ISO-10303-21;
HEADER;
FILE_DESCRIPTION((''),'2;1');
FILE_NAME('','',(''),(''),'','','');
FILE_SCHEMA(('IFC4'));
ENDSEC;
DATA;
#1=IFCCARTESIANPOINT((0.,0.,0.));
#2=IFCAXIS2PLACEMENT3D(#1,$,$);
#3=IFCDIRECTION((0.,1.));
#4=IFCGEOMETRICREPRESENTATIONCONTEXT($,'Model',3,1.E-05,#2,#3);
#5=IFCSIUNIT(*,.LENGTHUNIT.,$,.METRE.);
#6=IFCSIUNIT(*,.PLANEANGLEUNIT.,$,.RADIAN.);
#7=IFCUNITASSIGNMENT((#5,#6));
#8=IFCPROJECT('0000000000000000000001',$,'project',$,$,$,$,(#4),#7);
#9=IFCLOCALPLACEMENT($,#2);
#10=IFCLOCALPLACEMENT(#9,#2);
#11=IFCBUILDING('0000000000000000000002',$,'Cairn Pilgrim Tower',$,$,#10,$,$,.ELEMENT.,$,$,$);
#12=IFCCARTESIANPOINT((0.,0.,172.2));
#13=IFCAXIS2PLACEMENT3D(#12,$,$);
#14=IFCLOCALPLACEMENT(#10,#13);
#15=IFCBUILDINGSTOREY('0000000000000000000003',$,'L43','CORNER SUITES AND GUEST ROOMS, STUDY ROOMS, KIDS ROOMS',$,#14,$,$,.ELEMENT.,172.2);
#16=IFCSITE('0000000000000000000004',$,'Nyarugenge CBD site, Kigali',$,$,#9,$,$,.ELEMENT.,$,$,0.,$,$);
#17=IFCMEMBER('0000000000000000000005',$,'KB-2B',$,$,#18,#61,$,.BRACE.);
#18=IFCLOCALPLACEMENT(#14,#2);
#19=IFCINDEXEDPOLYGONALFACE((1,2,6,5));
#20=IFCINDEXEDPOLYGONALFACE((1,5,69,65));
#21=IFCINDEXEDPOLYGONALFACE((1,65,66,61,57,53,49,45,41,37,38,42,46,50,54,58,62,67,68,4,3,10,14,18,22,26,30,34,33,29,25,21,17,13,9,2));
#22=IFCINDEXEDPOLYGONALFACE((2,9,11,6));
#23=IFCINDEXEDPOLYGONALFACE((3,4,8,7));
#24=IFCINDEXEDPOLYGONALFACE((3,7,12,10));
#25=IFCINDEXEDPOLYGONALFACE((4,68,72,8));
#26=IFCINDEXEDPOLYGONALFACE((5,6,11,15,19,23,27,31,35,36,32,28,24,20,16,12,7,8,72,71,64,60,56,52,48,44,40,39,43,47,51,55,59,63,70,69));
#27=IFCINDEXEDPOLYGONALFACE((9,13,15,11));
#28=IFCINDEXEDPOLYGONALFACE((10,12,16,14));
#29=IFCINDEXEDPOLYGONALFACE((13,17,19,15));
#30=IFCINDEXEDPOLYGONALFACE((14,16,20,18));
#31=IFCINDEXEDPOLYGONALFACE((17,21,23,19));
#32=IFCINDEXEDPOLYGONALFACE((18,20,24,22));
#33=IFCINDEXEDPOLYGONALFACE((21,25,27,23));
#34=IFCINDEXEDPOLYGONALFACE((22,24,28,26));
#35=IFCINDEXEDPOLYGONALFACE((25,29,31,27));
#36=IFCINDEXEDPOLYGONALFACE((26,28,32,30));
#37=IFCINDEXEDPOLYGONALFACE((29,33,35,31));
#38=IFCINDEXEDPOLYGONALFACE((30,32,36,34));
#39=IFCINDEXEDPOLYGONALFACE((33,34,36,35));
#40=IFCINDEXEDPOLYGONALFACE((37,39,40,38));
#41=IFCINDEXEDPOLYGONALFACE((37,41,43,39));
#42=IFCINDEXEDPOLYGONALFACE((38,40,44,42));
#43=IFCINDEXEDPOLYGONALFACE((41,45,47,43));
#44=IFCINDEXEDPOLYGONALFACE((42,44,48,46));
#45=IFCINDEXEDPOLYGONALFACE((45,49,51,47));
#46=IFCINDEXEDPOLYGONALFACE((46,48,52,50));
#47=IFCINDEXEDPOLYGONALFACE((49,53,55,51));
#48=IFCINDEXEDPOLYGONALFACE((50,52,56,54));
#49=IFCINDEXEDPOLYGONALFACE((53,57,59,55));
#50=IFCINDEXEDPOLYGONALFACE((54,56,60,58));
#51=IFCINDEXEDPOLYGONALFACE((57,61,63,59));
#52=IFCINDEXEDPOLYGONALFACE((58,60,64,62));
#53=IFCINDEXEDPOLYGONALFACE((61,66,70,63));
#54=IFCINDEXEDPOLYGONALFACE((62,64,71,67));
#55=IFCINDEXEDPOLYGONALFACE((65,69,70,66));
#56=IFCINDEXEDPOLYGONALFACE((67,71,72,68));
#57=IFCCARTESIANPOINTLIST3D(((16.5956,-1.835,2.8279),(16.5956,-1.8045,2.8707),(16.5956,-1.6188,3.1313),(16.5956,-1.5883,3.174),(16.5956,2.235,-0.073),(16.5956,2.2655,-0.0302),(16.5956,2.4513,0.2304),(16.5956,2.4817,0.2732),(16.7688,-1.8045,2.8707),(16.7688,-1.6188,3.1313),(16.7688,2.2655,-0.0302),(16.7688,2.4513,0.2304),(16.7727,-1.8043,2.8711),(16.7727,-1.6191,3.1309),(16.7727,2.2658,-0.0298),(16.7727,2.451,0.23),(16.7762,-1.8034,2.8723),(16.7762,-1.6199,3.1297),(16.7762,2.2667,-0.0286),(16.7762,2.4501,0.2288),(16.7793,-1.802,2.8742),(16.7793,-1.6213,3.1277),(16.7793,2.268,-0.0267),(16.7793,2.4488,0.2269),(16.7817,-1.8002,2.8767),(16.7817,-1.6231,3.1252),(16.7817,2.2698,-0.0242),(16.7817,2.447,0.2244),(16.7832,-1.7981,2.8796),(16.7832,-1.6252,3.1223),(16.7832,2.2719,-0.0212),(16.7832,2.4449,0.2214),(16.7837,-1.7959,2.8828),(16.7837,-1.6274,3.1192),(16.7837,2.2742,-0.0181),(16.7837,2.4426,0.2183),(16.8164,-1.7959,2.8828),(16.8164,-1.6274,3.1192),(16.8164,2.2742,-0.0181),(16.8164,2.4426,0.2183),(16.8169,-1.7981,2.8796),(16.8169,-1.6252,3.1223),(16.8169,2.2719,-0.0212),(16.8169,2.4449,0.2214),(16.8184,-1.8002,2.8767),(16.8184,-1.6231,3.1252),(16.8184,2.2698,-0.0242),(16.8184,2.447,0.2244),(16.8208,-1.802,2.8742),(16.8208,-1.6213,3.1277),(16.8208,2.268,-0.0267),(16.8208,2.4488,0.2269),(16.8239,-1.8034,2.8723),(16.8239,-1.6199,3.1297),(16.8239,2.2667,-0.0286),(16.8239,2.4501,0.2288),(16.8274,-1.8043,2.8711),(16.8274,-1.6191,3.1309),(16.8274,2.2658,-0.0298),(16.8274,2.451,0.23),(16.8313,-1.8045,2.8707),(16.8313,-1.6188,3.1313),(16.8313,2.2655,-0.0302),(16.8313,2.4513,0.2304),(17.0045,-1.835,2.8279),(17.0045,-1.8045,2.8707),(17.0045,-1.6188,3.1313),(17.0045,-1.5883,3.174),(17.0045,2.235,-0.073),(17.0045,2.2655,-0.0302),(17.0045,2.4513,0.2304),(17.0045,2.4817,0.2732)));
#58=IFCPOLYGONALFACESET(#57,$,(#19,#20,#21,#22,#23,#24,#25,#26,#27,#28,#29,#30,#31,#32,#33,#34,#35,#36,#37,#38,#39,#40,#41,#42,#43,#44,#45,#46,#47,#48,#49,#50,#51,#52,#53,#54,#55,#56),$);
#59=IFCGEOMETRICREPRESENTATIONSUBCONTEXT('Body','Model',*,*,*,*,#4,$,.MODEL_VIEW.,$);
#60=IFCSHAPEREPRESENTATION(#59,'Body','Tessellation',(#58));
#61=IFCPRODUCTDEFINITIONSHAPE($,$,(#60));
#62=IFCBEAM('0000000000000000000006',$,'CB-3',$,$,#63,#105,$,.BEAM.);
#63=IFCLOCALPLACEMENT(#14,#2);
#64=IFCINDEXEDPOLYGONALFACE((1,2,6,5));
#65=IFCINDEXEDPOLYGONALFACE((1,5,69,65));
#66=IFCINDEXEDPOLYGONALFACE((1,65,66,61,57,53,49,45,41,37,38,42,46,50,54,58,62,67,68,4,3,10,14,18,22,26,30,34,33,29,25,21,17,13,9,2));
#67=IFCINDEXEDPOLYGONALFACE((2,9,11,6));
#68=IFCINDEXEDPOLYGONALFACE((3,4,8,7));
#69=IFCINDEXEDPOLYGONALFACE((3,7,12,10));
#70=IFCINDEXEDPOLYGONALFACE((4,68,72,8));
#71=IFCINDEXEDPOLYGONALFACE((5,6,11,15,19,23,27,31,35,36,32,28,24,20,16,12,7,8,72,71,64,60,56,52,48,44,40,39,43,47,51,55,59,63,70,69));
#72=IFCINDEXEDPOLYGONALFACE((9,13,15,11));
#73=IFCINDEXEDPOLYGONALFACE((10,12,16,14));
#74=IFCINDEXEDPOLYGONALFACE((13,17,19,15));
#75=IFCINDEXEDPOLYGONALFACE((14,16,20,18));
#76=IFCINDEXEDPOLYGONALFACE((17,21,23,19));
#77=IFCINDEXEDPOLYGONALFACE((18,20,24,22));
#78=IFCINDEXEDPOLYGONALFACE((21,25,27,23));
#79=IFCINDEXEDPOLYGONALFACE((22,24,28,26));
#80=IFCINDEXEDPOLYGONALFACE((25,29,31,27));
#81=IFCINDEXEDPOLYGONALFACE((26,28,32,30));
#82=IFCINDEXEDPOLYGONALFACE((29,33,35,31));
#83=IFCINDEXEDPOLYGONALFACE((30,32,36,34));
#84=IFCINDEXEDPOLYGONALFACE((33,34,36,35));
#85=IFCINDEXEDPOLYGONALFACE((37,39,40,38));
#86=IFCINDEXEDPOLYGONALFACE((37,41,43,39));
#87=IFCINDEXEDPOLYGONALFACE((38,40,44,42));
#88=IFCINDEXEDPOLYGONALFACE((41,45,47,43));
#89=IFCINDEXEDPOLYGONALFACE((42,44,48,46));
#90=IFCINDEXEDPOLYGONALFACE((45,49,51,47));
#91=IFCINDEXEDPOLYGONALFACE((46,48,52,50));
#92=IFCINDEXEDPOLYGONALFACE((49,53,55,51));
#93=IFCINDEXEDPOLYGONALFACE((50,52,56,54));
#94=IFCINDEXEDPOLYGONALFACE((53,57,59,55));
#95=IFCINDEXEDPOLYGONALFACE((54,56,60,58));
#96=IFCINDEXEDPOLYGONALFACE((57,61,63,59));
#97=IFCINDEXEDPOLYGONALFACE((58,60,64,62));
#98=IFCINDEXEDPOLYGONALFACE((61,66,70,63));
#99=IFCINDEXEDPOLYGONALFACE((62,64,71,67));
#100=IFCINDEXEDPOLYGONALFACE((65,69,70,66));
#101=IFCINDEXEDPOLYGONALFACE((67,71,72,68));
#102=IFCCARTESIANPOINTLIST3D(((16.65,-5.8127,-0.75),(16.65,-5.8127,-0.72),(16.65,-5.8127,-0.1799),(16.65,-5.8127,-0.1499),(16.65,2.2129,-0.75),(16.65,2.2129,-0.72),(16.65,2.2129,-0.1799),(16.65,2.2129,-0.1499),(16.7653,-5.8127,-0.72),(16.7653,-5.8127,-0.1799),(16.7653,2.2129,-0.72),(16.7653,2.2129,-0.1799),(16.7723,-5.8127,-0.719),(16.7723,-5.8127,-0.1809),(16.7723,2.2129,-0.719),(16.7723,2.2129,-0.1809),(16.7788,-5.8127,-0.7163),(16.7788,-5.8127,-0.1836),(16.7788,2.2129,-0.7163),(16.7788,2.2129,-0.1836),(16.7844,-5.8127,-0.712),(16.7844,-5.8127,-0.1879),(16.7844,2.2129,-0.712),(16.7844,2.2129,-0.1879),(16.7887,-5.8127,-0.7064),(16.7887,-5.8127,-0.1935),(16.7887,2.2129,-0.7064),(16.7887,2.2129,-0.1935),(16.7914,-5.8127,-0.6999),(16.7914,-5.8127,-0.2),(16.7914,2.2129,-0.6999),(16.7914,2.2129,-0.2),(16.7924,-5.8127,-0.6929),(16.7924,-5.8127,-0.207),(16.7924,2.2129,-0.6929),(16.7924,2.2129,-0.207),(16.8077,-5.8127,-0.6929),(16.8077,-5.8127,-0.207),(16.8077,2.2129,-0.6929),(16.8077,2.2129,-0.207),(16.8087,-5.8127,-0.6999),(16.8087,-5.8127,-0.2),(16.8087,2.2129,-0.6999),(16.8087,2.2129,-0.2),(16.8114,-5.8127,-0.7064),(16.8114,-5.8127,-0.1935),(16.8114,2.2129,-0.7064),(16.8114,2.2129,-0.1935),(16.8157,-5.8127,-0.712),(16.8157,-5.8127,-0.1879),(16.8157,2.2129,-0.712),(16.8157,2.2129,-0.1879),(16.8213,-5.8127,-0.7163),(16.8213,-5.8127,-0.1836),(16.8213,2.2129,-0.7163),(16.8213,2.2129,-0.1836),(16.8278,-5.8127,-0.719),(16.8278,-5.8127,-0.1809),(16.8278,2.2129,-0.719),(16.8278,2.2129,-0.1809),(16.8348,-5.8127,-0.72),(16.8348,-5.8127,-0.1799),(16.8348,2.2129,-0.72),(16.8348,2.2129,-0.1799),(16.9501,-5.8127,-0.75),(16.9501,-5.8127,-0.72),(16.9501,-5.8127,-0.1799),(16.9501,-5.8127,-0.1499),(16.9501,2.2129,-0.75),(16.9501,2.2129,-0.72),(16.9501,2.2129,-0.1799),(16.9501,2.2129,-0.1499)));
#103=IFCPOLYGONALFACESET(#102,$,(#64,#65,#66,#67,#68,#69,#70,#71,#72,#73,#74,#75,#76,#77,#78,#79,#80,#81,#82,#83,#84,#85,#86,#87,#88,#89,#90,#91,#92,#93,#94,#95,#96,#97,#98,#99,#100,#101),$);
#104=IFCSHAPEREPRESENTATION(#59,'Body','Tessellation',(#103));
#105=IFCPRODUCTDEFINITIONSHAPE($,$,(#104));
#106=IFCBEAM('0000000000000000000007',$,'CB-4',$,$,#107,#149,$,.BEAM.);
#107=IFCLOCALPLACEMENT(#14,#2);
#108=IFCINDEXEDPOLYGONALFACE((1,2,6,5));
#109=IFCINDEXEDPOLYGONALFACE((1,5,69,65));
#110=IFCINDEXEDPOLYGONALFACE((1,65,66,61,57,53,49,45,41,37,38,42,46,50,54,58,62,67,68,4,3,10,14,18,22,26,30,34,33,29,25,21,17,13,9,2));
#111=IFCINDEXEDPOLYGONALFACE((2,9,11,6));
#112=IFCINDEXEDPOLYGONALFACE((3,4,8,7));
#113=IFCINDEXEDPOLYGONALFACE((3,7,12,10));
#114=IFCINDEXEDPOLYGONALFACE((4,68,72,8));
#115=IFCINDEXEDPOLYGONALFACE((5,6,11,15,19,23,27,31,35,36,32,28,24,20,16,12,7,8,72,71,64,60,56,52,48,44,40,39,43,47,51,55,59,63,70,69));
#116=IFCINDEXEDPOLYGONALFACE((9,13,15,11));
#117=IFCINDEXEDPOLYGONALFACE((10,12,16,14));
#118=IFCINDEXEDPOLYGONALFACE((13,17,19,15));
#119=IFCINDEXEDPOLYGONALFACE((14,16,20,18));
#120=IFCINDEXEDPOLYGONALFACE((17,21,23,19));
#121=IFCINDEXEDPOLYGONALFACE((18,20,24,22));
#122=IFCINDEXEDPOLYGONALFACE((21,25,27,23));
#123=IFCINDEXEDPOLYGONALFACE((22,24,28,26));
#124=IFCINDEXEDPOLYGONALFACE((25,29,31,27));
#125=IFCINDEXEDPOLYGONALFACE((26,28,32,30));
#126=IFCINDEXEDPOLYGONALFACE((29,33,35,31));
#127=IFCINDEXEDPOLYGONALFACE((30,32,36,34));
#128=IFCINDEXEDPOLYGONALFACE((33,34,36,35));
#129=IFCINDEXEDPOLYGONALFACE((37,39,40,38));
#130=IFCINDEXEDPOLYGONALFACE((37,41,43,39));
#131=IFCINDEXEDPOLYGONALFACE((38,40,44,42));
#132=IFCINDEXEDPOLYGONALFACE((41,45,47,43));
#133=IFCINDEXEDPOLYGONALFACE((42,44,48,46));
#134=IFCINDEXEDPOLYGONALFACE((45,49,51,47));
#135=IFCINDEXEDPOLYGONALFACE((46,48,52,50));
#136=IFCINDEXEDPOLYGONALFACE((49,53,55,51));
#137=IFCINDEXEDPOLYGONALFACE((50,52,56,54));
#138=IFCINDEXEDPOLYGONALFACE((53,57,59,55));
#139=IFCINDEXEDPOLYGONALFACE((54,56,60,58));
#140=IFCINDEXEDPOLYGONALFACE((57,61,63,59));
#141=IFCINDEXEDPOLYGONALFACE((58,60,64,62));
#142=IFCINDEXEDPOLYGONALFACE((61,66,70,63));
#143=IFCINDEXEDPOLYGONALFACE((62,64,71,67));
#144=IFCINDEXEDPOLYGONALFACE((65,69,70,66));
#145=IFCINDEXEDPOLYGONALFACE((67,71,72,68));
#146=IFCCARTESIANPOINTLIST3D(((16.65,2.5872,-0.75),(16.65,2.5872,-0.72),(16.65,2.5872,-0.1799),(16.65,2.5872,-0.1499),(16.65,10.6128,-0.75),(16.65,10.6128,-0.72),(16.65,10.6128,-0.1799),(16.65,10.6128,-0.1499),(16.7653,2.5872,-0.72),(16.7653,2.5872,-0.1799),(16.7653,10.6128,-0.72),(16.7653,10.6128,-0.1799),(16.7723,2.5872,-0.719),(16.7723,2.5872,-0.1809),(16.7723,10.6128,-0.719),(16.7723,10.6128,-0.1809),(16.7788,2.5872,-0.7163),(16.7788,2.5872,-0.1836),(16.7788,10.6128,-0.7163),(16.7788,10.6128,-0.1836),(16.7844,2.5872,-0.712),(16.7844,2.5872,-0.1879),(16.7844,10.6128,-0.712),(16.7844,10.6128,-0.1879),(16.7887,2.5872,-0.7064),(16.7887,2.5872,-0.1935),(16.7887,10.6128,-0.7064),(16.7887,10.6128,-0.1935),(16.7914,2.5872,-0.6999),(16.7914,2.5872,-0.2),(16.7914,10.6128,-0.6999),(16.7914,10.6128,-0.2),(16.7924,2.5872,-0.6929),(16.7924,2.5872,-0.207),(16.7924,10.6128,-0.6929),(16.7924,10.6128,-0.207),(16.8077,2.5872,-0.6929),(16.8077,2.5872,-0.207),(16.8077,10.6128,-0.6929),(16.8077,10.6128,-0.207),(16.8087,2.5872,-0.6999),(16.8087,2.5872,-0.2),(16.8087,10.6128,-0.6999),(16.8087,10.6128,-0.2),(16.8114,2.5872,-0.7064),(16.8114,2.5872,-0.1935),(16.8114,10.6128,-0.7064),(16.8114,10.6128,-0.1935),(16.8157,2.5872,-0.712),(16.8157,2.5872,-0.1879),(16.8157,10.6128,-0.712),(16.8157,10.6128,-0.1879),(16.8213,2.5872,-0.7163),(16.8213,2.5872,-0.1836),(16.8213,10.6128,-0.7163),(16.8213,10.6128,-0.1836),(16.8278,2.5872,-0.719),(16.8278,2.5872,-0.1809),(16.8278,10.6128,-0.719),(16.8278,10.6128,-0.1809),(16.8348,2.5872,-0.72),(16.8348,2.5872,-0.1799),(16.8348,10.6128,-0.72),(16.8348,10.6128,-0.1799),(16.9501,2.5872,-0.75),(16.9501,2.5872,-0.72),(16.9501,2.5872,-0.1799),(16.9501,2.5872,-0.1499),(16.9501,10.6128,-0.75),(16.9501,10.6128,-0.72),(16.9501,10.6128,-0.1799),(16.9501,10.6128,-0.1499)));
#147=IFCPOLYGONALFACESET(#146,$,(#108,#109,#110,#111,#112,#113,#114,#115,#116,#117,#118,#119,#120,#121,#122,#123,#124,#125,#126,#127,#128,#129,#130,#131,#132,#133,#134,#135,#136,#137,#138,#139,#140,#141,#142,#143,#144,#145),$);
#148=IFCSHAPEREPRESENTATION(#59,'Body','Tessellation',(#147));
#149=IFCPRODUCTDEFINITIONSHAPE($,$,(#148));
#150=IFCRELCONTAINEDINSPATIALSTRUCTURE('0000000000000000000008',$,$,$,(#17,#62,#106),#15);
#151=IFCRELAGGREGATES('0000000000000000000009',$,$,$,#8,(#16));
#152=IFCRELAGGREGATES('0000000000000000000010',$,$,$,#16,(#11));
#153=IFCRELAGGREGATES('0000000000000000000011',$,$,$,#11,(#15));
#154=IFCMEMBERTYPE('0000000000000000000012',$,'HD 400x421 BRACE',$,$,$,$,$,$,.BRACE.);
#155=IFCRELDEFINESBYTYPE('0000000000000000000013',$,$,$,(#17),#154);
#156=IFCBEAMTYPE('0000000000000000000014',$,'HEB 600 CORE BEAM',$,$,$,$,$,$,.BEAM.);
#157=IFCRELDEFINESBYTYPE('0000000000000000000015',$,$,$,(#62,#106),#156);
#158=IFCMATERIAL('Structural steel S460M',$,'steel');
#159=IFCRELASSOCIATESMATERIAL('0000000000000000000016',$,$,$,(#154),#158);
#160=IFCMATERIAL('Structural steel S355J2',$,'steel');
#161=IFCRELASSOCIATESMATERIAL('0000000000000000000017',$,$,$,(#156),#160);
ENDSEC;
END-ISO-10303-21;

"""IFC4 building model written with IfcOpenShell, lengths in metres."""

from ifc_helpers import new_model, si_unit, direction, frame, origin, origin_2d, place, context, subcontext, project, spatial, i_section, extrude, material, material_profile, profile_set, type_object, element, save


model = new_model("IFC4")

# Units and contexts
model_context = context("Model", 3, precision=1e-05, world=origin(), true_north=direction((0.0, 1.0)))
body_context = subcontext(model_context, "Body", "Model", "MODEL_VIEW")
ifc_project = project(units=[si_unit("LENGTHUNIT", "METRE"), si_unit("PLANEANGLEUNIT", "RADIAN")], contexts=[model_context])

# Site, building, storey
site_placement = place(None, origin())
site = spatial("IfcSite", under=ifc_project, at=site_placement, Name="Nyarugenge CBD site, Kigali", CompositionType="ELEMENT", RefElevation=0.0)
building_placement = place(site_placement, origin())
building = spatial("IfcBuilding", under=site, at=building_placement, Name="Cairn Pilgrim Tower", CompositionType="ELEMENT")
storey_placement = place(building_placement, frame((0.0, 0.0, 172.2)))
storey = spatial("IfcBuildingStorey", under=building, at=storey_placement, Name="L43", Description="CORNER SUITES AND GUEST ROOMS, STUDY ROOMS, KIDS ROOMS", CompositionType="ELEMENT", Elevation=172.2)

# Shared definitions
ifc_material_1 = material(Name="Structural steel S355J2", Category="steel")
ifc_material_2 = material(Name="Structural steel S460M", Category="steel")

# Member
ifc_material_profile_1 = material_profile(ifc_material_2, i_section(OverallWidth=0.4089, OverallDepth=0.425, WebThickness=0.0327, FlangeThickness=0.0525, FilletRadius=0.0149, at=origin_2d()), Name="HD 400x421")
ifc_profile_set_1 = profile_set([ifc_material_profile_1], Name="Structural steel S460M")
member_type = type_object("IfcMemberType", Name="HD 400x421 BRACE", PredefinedType="BRACE", material=ifc_profile_set_1)
member_1_placement = place(storey_placement, frame((16.8, 2.3584, 0.1001), z_axis=(0.0, -0.81433, 0.580402), x_axis=(1.0, 0.0, 0.0)))
element("IfcMember", 1, at=member_1_placement, inside=storey, type_object=member_type, Name="KB-2B", PredefinedType="BRACE", context=body_context, shape_type="SweptSolid", body=[
    extrude(i_section(OverallWidth=0.4089, OverallDepth=0.425, WebThickness=0.0327, FlangeThickness=0.0525, FilletRadius=0.0149, at=origin_2d()), origin(), (0.0, 0.0, 1.0), 4.998),
])

# Beams
ifc_material_profile_2 = material_profile(ifc_material_1, i_section(OverallWidth=0.3, OverallDepth=0.6001, WebThickness=0.0154, FlangeThickness=0.03, FilletRadius=0.0271, at=origin_2d()), Name="HEB 600")
ifc_profile_set_2 = profile_set([ifc_material_profile_2], Name="Structural steel S355J2")
beam_type = type_object("IfcBeamType", Name="HEB 600 CORE BEAM", PredefinedType="BEAM", material=ifc_profile_set_2)
for number, where, z_axis, x_axis, name in (
    (2, (16.8, -5.8127, -0.45), (0.0, 1.0, 0.0), (-1.0, 0.0, 0.0), "CB-3"),
    (3, (16.8, 2.5872, -0.45), (0.0, 1.0, 0.0), (-1.0, 0.0, 0.0), "CB-4"),
):
    element("IfcBeam", number, at=place(storey_placement, frame(where, z_axis=z_axis, x_axis=x_axis)), inside=storey, type_object=beam_type, Name=name, PredefinedType="BEAM", context=body_context, shape_type="SweptSolid", body=[
        extrude(i_section(OverallWidth=0.3, OverallDepth=0.6001, WebThickness=0.0154, FlangeThickness=0.03, FilletRadius=0.0271, at=origin_2d()), origin(), (0.0, 0.0, 1.0), 8.0256),
    ])

save(model, "model.ifc")
